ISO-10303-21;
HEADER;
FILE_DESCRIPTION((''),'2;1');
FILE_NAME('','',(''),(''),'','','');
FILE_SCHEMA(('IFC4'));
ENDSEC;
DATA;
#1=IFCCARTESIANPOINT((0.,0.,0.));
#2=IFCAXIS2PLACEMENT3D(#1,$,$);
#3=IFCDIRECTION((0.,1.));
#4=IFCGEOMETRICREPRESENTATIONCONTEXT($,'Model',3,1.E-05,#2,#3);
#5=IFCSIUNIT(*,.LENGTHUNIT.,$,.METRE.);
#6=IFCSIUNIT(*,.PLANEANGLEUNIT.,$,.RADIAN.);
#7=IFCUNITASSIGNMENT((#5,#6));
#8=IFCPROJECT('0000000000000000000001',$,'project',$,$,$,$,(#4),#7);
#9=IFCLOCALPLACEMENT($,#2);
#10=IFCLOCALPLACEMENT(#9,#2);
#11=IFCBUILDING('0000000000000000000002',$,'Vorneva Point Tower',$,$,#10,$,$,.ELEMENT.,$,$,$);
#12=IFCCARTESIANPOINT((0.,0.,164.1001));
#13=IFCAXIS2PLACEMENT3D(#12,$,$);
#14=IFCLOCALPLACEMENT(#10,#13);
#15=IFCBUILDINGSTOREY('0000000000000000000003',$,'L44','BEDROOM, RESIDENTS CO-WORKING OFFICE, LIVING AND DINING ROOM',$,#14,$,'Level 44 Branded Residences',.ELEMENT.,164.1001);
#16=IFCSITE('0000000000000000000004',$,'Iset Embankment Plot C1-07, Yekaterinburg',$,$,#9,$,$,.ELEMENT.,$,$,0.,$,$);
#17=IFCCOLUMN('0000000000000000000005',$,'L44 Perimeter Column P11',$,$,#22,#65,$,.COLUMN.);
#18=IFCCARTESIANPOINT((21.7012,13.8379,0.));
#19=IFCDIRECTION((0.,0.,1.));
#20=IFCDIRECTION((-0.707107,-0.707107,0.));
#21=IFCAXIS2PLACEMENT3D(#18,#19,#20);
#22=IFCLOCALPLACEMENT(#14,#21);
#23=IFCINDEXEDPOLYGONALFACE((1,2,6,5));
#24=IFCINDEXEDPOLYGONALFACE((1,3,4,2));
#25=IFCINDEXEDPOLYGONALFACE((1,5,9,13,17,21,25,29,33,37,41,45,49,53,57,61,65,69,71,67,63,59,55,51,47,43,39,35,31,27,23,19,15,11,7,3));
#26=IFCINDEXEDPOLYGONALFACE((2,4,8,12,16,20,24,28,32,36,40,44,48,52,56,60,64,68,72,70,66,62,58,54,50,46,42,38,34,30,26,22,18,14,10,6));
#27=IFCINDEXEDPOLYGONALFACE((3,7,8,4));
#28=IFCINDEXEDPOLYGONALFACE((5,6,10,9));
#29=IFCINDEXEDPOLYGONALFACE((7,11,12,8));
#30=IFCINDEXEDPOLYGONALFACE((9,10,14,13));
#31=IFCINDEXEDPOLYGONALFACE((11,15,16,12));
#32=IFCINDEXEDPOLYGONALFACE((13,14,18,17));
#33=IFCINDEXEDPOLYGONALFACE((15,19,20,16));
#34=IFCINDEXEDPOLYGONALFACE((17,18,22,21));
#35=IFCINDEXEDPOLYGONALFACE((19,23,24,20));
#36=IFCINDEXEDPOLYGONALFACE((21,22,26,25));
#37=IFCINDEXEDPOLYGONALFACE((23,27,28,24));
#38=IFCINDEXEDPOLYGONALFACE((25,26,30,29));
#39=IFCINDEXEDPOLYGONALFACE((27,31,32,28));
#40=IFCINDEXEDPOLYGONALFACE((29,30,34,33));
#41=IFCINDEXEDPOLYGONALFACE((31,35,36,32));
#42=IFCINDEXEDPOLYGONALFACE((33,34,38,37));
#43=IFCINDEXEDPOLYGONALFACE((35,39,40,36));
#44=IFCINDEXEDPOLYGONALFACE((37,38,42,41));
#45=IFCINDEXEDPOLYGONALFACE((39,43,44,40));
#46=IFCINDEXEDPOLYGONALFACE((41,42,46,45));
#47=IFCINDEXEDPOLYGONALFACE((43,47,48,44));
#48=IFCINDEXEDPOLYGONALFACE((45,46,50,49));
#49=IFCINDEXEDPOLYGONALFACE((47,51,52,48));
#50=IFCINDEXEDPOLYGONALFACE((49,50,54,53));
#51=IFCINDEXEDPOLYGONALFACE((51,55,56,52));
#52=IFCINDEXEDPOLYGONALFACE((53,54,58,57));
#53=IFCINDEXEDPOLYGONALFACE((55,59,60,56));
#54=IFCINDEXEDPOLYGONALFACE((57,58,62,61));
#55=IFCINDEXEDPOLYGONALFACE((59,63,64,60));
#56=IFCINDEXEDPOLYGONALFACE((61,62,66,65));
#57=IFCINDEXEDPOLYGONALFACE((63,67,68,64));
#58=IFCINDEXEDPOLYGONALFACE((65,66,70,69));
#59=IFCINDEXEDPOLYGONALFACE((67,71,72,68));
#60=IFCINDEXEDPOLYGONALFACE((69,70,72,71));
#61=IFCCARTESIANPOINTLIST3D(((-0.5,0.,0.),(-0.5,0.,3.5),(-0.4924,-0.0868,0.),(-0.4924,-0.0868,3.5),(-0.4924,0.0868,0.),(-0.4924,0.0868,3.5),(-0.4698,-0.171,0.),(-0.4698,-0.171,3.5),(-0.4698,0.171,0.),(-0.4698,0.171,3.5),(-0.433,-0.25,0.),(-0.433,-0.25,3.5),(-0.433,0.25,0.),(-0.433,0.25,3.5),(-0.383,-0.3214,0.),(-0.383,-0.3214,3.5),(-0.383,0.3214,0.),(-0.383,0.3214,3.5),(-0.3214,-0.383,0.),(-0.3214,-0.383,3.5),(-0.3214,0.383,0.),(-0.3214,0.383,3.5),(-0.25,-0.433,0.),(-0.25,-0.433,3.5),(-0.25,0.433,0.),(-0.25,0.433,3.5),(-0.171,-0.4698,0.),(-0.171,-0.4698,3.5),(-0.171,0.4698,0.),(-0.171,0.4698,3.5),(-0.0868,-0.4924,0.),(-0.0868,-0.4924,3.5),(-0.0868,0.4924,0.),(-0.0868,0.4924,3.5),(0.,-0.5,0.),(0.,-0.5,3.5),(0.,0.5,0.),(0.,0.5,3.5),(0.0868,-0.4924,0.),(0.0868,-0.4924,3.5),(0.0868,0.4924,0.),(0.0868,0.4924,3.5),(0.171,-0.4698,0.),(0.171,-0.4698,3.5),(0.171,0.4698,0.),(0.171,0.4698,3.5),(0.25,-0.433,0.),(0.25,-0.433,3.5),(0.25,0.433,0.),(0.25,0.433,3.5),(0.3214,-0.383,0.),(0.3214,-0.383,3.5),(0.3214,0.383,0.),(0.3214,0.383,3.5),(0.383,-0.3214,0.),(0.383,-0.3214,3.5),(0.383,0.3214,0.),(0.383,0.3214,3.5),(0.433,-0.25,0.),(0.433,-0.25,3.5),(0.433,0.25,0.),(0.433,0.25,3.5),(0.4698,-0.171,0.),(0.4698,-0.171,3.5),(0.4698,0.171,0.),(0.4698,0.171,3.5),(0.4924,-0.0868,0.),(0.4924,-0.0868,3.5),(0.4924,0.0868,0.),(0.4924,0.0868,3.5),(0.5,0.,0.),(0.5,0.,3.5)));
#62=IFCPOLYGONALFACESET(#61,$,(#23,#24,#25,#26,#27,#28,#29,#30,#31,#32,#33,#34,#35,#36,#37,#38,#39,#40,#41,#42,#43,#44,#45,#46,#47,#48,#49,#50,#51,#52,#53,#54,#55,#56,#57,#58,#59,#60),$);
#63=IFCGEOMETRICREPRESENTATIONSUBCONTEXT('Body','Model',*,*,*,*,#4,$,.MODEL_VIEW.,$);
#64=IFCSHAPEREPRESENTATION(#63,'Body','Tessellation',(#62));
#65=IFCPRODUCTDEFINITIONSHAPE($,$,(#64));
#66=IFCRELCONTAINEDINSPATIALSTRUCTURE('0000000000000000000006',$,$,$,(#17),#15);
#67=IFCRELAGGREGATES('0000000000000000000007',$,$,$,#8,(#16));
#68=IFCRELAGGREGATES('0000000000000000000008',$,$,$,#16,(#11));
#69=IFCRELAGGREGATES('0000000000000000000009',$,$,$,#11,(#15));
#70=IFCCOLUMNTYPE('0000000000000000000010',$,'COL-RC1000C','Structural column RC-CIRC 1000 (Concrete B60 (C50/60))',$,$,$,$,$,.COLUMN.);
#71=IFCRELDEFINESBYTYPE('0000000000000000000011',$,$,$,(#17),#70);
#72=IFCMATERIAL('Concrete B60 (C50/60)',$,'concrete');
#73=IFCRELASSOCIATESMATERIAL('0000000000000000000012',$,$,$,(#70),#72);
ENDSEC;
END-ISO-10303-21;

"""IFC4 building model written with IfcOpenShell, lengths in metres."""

from ifc_helpers import new_model, si_unit, direction, frame, origin, origin_2d, place, context, subcontext, project, spatial, circle, extrude, material, material_profile, profile_set, type_object, element, save


model = new_model("IFC4")

# Units and contexts
model_context = context("Model", 3, precision=1e-05, world=origin(), true_north=direction((0.0, 1.0)))
body_context = subcontext(model_context, "Body", "Model", "MODEL_VIEW")
ifc_project = project(units=[si_unit("LENGTHUNIT", "METRE"), si_unit("PLANEANGLEUNIT", "RADIAN")], contexts=[model_context])

# Site, building, storey
site_placement = place(None, origin())
site = spatial("IfcSite", under=ifc_project, at=site_placement, Name="Iset Embankment Plot C1-07, Yekaterinburg", CompositionType="ELEMENT", RefElevation=0.0)
building_placement = place(site_placement, origin())
building = spatial("IfcBuilding", under=site, at=building_placement, Name="Vorneva Point Tower", CompositionType="ELEMENT")
storey_placement = place(building_placement, frame((0.0, 0.0, 164.1001)))
storey = spatial("IfcBuildingStorey", under=building, at=storey_placement, Name="L44", Description="BEDROOM, RESIDENTS CO-WORKING OFFICE, LIVING AND DINING ROOM", LongName="Level 44 Branded Residences", CompositionType="ELEMENT", Elevation=164.1001)

# Column
ifc_material_1 = material(Name="Concrete B60 (C50/60)", Category="concrete")
ifc_material_profile_1 = material_profile(ifc_material_1, circle(Radius=0.5, at=origin_2d()), Name="RC-CIRC 1000")
ifc_profile_set_1 = profile_set([ifc_material_profile_1], Name="Concrete B60 (C50/60)")
column_type = type_object("IfcColumnType", Name="COL-RC1000C", Description="Structural column RC-CIRC 1000 (Concrete B60 (C50/60))", PredefinedType="COLUMN", material=ifc_profile_set_1)
column_placement = place(storey_placement, frame((21.7012, 13.8379, 0.0), z_axis=(0.0, 0.0, 1.0), x_axis=(-0.707107, -0.707107, 0.0)))
element("IfcColumn", 1, at=column_placement, inside=storey, type_object=column_type, Name="L44 Perimeter Column P11", PredefinedType="COLUMN", context=body_context, shape_type="SweptSolid", body=[
    extrude(circle(Radius=0.5, at=origin_2d()), origin(), (0.0, 0.0, 1.0), 3.5),
])

save(model, "model.ifc")
